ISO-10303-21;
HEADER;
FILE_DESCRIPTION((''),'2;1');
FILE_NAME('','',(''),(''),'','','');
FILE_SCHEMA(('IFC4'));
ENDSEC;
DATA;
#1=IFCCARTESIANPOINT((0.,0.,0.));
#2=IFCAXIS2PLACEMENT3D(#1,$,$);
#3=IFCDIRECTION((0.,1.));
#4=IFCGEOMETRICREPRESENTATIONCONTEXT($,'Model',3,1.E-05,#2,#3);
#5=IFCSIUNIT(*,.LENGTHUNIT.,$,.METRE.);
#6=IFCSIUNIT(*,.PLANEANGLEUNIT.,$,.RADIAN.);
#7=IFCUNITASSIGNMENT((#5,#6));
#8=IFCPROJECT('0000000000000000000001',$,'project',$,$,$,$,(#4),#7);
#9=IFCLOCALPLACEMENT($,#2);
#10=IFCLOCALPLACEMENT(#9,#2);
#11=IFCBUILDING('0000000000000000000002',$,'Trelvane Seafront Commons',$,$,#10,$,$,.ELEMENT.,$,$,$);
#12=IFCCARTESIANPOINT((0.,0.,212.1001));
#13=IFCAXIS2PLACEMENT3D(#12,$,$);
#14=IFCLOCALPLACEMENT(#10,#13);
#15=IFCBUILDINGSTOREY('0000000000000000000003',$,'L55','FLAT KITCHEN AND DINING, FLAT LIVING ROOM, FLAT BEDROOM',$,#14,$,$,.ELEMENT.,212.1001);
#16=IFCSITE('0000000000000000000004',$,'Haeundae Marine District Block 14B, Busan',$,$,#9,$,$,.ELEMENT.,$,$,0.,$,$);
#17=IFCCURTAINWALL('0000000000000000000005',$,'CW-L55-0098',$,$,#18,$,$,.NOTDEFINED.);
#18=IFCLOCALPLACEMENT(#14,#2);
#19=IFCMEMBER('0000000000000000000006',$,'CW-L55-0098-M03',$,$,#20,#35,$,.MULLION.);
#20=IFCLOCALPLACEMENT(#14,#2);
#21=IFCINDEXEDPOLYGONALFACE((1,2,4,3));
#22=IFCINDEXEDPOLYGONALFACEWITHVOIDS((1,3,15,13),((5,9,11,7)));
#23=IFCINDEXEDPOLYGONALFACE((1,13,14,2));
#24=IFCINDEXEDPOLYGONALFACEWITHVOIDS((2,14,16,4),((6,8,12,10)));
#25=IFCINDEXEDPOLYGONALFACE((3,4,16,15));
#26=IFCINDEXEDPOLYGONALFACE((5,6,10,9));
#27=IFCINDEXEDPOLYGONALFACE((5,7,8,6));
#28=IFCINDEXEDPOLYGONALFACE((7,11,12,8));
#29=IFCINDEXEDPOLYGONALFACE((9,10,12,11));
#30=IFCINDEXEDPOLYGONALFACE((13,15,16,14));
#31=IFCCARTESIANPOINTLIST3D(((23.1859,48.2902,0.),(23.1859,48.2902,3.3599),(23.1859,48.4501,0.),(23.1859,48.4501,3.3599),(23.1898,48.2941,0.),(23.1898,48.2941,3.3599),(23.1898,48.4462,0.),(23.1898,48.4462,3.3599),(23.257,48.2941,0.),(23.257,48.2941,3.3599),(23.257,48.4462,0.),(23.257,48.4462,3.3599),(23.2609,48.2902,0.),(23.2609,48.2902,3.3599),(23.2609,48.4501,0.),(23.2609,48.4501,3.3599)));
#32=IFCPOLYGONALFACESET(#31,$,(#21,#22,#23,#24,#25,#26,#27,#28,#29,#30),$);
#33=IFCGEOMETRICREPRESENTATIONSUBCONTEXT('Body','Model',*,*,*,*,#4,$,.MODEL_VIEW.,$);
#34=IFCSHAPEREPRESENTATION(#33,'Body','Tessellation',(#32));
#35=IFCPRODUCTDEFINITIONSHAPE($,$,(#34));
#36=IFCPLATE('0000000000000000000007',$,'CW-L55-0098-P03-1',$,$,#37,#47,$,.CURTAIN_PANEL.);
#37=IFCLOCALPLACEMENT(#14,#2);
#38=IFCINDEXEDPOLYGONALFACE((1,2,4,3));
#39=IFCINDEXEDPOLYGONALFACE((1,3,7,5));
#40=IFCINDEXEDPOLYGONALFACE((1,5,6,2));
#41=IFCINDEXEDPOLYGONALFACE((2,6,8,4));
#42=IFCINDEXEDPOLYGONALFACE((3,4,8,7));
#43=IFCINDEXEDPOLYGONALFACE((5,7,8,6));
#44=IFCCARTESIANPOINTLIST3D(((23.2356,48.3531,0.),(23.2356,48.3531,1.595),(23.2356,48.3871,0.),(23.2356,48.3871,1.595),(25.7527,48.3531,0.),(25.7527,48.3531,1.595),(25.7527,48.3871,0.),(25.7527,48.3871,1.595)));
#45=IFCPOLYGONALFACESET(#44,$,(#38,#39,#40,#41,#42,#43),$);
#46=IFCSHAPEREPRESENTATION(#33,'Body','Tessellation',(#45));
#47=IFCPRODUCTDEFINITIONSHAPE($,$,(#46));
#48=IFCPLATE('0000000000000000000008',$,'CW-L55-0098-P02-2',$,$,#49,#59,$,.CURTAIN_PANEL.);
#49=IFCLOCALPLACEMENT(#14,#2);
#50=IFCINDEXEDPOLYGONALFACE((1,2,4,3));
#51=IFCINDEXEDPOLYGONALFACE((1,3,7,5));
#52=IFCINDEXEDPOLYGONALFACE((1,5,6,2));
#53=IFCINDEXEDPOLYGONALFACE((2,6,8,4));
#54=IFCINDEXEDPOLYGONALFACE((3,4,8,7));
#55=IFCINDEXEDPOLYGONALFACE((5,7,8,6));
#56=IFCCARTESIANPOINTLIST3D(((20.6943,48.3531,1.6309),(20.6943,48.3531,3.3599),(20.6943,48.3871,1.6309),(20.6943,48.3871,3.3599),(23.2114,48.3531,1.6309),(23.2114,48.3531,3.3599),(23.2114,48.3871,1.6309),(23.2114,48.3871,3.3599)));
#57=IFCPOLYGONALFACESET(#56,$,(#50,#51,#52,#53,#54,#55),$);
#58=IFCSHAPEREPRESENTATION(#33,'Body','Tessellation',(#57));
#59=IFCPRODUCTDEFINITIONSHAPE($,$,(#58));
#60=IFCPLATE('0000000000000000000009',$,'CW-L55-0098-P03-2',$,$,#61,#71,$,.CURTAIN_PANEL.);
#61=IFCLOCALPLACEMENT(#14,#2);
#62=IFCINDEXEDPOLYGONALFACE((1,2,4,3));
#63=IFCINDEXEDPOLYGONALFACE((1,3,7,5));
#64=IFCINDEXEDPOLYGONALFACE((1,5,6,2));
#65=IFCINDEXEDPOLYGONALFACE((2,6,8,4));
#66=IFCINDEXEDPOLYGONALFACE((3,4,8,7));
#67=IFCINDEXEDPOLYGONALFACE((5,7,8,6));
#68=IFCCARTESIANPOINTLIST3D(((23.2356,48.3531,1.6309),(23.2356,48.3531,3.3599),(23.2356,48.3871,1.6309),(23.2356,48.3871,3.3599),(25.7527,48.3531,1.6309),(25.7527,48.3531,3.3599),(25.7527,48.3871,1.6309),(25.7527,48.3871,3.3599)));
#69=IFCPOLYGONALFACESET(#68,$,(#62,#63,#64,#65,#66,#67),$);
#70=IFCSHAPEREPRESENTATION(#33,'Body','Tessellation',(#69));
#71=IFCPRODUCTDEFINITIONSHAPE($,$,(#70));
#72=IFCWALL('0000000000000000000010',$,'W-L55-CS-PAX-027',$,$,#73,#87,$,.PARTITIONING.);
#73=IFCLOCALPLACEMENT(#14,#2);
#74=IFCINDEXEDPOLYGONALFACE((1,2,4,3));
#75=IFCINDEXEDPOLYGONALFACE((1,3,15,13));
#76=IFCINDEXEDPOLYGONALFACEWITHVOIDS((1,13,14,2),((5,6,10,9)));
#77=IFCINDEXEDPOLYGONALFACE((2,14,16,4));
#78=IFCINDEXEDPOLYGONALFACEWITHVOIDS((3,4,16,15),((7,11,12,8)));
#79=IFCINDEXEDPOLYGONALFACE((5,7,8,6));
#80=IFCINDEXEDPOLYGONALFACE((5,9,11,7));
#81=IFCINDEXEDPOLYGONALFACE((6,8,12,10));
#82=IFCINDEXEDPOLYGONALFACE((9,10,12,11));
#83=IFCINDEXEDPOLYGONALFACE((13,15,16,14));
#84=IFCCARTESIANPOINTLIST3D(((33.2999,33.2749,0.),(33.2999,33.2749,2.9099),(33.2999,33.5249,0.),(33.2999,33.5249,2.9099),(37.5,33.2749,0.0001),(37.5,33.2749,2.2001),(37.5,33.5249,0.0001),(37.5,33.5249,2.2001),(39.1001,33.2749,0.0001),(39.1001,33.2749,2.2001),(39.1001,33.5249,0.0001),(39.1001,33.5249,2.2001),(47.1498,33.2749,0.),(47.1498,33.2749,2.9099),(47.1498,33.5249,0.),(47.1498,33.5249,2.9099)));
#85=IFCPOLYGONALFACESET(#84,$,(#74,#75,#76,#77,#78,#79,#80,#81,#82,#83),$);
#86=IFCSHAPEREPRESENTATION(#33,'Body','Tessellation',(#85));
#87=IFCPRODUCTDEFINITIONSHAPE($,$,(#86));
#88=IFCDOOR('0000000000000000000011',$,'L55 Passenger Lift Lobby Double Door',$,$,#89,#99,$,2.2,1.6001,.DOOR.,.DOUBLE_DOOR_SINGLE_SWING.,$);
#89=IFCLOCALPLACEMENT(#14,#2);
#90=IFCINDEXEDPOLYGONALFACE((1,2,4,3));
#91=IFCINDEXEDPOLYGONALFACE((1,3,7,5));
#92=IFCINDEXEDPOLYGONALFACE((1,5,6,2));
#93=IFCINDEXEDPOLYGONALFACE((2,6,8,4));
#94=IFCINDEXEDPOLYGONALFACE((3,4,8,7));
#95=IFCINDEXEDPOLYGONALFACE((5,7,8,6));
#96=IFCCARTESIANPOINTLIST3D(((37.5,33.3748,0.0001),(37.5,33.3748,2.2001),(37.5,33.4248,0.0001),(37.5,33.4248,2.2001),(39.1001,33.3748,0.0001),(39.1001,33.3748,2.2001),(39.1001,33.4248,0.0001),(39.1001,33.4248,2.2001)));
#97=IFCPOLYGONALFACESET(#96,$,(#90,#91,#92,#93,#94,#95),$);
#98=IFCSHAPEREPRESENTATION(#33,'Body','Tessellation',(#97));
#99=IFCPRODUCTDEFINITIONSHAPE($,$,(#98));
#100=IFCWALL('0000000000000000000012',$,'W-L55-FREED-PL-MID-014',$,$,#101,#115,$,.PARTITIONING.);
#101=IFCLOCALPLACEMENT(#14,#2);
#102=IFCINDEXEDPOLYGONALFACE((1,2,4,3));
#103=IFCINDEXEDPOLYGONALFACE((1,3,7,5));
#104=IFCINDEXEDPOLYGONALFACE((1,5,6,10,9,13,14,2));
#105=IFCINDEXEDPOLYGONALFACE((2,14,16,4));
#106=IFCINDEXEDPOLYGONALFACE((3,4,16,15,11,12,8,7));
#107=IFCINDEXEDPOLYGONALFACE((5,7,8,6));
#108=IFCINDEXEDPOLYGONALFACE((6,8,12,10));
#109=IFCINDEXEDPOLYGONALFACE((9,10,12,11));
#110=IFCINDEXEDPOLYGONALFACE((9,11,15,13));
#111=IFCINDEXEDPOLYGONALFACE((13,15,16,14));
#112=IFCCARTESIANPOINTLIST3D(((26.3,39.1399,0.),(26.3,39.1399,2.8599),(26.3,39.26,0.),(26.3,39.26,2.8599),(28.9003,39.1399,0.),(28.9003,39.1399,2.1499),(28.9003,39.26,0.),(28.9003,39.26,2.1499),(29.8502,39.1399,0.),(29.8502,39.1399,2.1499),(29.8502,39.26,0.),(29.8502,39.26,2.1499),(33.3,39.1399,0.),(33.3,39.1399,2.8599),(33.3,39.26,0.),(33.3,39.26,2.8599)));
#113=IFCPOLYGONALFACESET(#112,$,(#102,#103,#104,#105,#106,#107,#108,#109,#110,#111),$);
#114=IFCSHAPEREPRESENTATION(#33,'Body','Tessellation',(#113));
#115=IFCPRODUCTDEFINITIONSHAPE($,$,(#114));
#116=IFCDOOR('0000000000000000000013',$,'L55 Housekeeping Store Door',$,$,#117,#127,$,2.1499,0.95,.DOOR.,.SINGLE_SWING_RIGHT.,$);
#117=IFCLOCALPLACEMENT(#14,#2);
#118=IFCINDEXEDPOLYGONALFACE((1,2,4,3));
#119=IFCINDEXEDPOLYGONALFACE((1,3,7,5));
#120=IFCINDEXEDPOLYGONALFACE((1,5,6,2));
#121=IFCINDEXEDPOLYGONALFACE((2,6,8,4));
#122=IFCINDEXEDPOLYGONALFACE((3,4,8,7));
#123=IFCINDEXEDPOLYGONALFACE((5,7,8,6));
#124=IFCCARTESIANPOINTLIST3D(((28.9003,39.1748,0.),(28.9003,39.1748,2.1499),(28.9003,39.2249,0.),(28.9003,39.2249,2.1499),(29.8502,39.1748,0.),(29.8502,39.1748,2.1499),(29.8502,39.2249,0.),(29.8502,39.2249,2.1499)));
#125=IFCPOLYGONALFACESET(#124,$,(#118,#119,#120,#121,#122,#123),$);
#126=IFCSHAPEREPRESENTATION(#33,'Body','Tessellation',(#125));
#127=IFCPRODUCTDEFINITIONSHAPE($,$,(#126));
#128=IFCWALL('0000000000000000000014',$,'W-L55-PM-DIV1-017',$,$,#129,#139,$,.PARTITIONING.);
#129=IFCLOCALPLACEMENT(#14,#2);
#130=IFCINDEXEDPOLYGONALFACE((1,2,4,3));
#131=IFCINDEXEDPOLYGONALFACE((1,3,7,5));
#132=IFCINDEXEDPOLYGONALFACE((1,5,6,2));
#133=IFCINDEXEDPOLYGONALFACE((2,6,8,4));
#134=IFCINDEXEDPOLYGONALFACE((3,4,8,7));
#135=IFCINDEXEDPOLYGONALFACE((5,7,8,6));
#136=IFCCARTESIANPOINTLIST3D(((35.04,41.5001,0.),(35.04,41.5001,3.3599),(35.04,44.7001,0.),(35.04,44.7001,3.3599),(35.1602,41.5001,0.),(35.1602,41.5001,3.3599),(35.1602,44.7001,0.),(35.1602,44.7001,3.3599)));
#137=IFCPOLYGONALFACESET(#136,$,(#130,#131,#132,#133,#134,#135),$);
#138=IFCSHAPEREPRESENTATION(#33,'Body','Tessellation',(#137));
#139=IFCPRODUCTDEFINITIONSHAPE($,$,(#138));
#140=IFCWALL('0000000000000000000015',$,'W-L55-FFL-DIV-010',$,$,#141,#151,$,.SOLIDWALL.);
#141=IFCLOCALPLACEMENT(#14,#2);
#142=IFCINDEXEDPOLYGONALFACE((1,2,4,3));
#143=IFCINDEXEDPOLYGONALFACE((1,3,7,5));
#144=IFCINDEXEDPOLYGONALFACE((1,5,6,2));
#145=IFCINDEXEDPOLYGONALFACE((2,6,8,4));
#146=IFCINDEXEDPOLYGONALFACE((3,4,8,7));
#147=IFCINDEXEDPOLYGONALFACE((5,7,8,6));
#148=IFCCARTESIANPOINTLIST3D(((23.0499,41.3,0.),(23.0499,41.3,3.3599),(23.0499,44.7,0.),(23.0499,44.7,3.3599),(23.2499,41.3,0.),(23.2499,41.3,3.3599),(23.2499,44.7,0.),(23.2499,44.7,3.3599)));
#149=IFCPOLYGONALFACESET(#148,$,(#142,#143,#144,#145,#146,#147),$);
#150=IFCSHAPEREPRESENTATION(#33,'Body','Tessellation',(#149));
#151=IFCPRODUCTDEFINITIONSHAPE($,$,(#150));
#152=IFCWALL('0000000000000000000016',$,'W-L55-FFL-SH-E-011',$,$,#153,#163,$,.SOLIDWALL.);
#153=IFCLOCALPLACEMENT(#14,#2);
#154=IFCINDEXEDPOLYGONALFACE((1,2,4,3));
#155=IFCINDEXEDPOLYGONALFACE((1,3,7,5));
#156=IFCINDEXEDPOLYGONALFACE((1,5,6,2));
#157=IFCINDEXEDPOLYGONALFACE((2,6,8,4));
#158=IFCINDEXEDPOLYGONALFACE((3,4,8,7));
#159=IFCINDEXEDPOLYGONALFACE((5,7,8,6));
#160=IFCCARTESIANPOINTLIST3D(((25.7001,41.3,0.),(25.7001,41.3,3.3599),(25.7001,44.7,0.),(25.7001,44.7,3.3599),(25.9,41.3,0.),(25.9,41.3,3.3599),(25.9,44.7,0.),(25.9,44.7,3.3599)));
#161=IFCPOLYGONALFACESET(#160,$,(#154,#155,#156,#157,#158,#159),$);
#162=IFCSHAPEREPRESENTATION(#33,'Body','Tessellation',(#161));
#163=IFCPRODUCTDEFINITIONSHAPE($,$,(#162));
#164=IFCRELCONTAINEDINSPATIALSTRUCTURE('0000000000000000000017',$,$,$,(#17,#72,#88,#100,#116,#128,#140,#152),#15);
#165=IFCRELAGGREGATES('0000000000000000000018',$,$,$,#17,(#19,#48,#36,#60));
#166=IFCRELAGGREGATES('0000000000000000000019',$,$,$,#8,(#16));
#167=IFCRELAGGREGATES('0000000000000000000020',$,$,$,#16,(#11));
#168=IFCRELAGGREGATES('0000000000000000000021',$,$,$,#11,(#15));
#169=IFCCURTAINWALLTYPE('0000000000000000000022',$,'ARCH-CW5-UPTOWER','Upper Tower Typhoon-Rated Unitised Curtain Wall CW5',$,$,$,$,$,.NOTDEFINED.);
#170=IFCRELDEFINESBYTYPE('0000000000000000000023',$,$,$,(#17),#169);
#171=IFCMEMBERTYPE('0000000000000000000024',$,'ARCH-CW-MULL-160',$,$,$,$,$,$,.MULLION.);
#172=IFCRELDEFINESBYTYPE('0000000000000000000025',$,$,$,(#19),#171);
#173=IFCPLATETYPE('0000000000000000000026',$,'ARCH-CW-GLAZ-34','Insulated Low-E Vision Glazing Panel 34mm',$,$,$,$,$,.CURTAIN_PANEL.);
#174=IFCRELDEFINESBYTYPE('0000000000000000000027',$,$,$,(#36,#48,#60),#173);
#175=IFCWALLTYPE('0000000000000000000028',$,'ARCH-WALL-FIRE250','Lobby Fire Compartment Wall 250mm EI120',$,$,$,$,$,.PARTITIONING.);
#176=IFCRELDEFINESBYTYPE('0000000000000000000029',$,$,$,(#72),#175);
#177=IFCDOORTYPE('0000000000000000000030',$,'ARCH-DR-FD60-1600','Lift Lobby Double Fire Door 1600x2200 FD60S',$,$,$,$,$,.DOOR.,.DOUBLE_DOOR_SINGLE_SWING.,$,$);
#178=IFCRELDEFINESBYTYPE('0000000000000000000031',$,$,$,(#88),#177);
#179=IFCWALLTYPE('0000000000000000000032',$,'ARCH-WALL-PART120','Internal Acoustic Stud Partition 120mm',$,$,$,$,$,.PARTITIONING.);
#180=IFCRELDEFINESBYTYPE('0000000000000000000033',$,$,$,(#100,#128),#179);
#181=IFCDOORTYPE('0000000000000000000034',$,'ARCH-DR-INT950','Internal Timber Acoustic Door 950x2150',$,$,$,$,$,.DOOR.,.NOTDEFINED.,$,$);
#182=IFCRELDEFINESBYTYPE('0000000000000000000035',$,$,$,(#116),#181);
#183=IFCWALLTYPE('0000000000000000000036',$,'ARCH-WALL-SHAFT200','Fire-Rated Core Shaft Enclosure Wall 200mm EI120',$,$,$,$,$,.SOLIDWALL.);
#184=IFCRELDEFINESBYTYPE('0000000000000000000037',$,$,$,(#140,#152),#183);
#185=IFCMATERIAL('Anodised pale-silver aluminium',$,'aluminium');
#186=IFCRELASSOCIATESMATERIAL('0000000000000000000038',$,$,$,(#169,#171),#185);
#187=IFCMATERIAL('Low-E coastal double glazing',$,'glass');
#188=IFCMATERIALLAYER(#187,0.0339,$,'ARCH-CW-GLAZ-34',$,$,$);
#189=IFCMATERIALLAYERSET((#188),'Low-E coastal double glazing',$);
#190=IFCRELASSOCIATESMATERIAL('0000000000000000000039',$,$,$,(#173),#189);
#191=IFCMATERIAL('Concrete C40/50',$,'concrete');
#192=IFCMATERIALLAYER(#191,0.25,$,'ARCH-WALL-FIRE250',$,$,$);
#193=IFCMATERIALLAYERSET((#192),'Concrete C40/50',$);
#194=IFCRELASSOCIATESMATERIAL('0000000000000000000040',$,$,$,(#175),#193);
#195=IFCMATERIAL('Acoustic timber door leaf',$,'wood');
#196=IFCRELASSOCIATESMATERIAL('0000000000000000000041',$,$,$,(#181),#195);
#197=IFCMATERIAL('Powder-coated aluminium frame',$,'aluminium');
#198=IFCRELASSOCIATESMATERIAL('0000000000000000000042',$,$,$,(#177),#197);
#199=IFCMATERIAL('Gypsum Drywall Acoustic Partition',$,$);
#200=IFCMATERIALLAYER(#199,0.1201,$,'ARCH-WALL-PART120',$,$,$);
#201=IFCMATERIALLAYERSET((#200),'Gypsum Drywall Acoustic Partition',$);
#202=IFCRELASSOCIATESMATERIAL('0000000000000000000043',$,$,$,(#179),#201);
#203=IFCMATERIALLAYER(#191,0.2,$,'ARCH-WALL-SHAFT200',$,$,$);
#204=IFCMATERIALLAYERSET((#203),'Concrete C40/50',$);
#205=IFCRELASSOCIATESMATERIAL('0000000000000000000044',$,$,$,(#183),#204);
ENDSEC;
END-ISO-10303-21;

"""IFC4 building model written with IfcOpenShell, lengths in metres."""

from ifc_helpers import new_model, si_unit, direction, frame, frame_2d, origin, origin_2d, place, context, subcontext, project, spatial, rectangle, hollow_rectangle, extrude, source, transform, mapped, material, layer, layer_set, material_profile, profile_set, type_object, element, fill, aggregate, save


model = new_model("IFC4")

# Units and contexts
model_context = context("Model", 3, precision=1e-05, world=origin(), true_north=direction((0.0, 1.0)))
body_context = subcontext(model_context, "Body", "Model", "MODEL_VIEW")
ifc_project = project(units=[si_unit("LENGTHUNIT", "METRE"), si_unit("PLANEANGLEUNIT", "RADIAN")], contexts=[model_context])

# Site, building, storey
site_placement = place(None, origin())
site = spatial("IfcSite", under=ifc_project, at=site_placement, Name="Haeundae Marine District Block 14B, Busan", CompositionType="ELEMENT", RefElevation=0.0)
building_placement = place(site_placement, origin())
building = spatial("IfcBuilding", under=site, at=building_placement, Name="Trelvane Seafront Commons", CompositionType="ELEMENT")
storey_placement = place(building_placement, frame((0.0, 0.0, 212.1001)))
storey = spatial("IfcBuildingStorey", under=building, at=storey_placement, Name="L55", Description="FLAT KITCHEN AND DINING, FLAT LIVING ROOM, FLAT BEDROOM", CompositionType="ELEMENT", Elevation=212.1001)

# Curtain wall, member, plates
ifc_material_1 = material(Name="Anodised pale-silver aluminium", Category="aluminium")
curtain_wall_type = type_object("IfcCurtainWallType", Name="ARCH-CW5-UPTOWER", Description="Upper Tower Typhoon-Rated Unitised Curtain Wall CW5", PredefinedType="NOTDEFINED", material=ifc_material_1)
curtain_wall_placement = place(storey_placement, origin())
curtain_wall = element("IfcCurtainWall", 1, at=curtain_wall_placement, inside=storey, type_object=curtain_wall_type, Name="CW-L55-0098", PredefinedType="NOTDEFINED")
ifc_material_profile_1 = material_profile(ifc_material_1, hollow_rectangle(XDim=0.075, YDim=0.1599, WallThickness=0.0039, at=origin_2d()), Name="MULL-75x160x4")
ifc_profile_set_1 = profile_set([ifc_material_profile_1], Name="Anodised pale-silver aluminium")
member_type_1 = type_object("IfcMemberType", Name="ARCH-CW-MULL-160", PredefinedType="MULLION", material=ifc_profile_set_1)
shared_shape_1 = source(origin(), body_context, "Body", "SweptSolid", [
    extrude(hollow_rectangle(XDim=0.075, YDim=0.1599, WallThickness=0.0039, at=origin_2d()), origin(), (0.0, 0.0, 1.0), 3.3599),
])
member_1_placement = place(storey_placement, frame((23.2234, 48.3701, 0.0), z_axis=(0.0, 0.0, 1.0), x_axis=(1.0, 0.0, 0.0)))
member_1 = element("IfcMember", 2, at=member_1_placement, type_object=member_type_1, Name="CW-L55-0098-M03", PredefinedType="MULLION", context=body_context, shape_type="MappedRepresentation", body=[
    mapped(shared_shape_1, transform((0.0, 0.0, 0.0), x_axis=(1.0, 0.0, 0.0), y_axis=(0.0, 1.0, 0.0), z_axis=(0.0, 0.0, 1.0), scale=1.0)),
])
ifc_material_2 = material(Name="Low-E coastal double glazing", Category="glass")
ifc_layer_1 = layer(ifc_material_2, 0.0339, Name="ARCH-CW-GLAZ-34")
ifc_layer_set_1 = layer_set([ifc_layer_1], Name="Low-E coastal double glazing")
plate_type = type_object("IfcPlateType", Name="ARCH-CW-GLAZ-34", Description="Insulated Low-E Vision Glazing Panel 34mm", PredefinedType="CURTAIN_PANEL", material=ifc_layer_set_1)
shared_shape_2 = source(origin(), body_context, "Body", "SweptSolid", [
    extrude(rectangle(XDim=2.5171, YDim=0.0339, at=origin_2d()), origin(), (0.0, 0.0, 1.0), 1.595),
])
plate_1_placement = place(storey_placement, frame((24.4941, 48.3701, 0.0), z_axis=(0.0, 0.0, 1.0), x_axis=(1.0, 0.0, 0.0)))
plate_1 = element("IfcPlate", 3, at=plate_1_placement, type_object=plate_type, Name="CW-L55-0098-P03-1", PredefinedType="CURTAIN_PANEL", context=body_context, shape_type="MappedRepresentation", body=[
    mapped(shared_shape_2, transform((0.0, 0.0, 0.0), x_axis=(1.0, 0.0, 0.0), y_axis=(0.0, 1.0, 0.0), z_axis=(0.0, 0.0, 1.0), scale=1.0)),
])
shared_shape_3 = source(origin(), body_context, "Body", "SweptSolid", [
    extrude(rectangle(XDim=2.5171, YDim=0.0339, at=origin_2d()), origin(), (0.0, 0.0, 1.0), 1.729),
])
plate_2_placement = place(storey_placement, frame((21.9529, 48.3701, 1.6309), z_axis=(0.0, 0.0, 1.0), x_axis=(1.0, 0.0, 0.0)))
plate_2 = element("IfcPlate", 4, at=plate_2_placement, type_object=plate_type, Name="CW-L55-0098-P02-2", PredefinedType="CURTAIN_PANEL", context=body_context, shape_type="MappedRepresentation", body=[
    mapped(shared_shape_3, transform((0.0, 0.0, 0.0), x_axis=(1.0, 0.0, 0.0), y_axis=(0.0, 1.0, 0.0), z_axis=(0.0, 0.0, 1.0), scale=1.0)),
])
plate_3_placement = place(storey_placement, frame((24.4941, 48.3701, 1.6309), z_axis=(0.0, 0.0, 1.0), x_axis=(1.0, 0.0, 0.0)))
plate_3 = element("IfcPlate", 5, at=plate_3_placement, type_object=plate_type, Name="CW-L55-0098-P03-2", PredefinedType="CURTAIN_PANEL", context=body_context, shape_type="MappedRepresentation", body=[
    mapped(shared_shape_3, transform((0.0, 0.0, 0.0), x_axis=(1.0, 0.0, 0.0), y_axis=(0.0, 1.0, 0.0), z_axis=(0.0, 0.0, 1.0), scale=1.0)),
])
aggregate(curtain_wall, [member_1, plate_2, plate_1, plate_3])

# Walls, openings, doors
ifc_material_3 = material(Name="Concrete C40/50", Category="concrete")
ifc_layer_2 = layer(ifc_material_3, 0.25, Name="ARCH-WALL-FIRE250")
ifc_layer_set_2 = layer_set([ifc_layer_2], Name="Concrete C40/50")
wall_type_1 = type_object("IfcWallType", Name="ARCH-WALL-FIRE250", Description="Lobby Fire Compartment Wall 250mm EI120", PredefinedType="PARTITIONING", material=ifc_layer_set_2)
ifc_material_4 = material(Name="Acoustic timber door leaf", Category="wood")
door_type_1 = type_object("IfcDoorType", Name="ARCH-DR-INT950", Description="Internal Timber Acoustic Door 950x2150", OperationType="NOTDEFINED", PredefinedType="DOOR", material=ifc_material_4)
shared_shape_4 = source(origin(), body_context, "Body", "SweptSolid", [
    extrude(rectangle(XDim=0.95, YDim=2.1499, at=frame_2d((0.4751, 1.075))), frame((0.0, 0.0249, 0.0), z_axis=(0.0, -1.0, 0.0), x_axis=(1.0, 0.0, 0.0)), (0.0, 0.0, 1.0), 0.05),
])
wall_1_placement = place(storey_placement, frame((33.3, 33.3999, 0.0), z_axis=(0.0, 0.0, 1.0), x_axis=(1.0, 0.0, 0.0)))
wall_1 = element("IfcWall", 6, at=wall_1_placement, inside=storey, type_object=wall_type_1, Name="W-L55-CS-PAX-027", PredefinedType="PARTITIONING", context=body_context, shape_type="SweptSolid", body=[
    extrude(rectangle(XDim=13.8499, YDim=0.25, at=frame_2d((6.9248, 0.0))), origin(), (0.0, 0.0, 1.0), 2.9099),
])
opening_1_placement = place(wall_1_placement, frame((4.2, 0.0, 0.0)))
opening_1 = element("IfcOpeningElement", 7, at=opening_1_placement, cuts=wall_1, PredefinedType="OPENING", context=body_context, shape_type="SweptSolid", body=[
    extrude(rectangle(XDim=1.6001, YDim=2.2, at=frame_2d((0.8, 1.1001))), frame((0.0, 0.135, 0.0), z_axis=(0.0, -1.0, 0.0), x_axis=(1.0, 0.0, 0.0)), (0.0, 0.0, 1.0), 0.27),
])
ifc_material_5 = material(Name="Powder-coated aluminium frame", Category="aluminium")
door_type_2 = type_object("IfcDoorType", Name="ARCH-DR-FD60-1600", Description="Lift Lobby Double Fire Door 1600x2200 FD60S", OperationType="DOUBLE_DOOR_SINGLE_SWING", PredefinedType="DOOR", material=ifc_material_5)
shared_shape_5 = source(origin(), body_context, "Body", "SweptSolid", [
    extrude(rectangle(XDim=1.6001, YDim=2.2, at=frame_2d((0.8, 1.1001))), frame((0.0, 0.0249, 0.0), z_axis=(0.0, -1.0, 0.0), x_axis=(1.0, 0.0, 0.0)), (0.0, 0.0, 1.0), 0.05),
])
door_1_placement = place(opening_1_placement, origin())
door_1 = element("IfcDoor", 8, at=door_1_placement, inside=storey, type_object=door_type_2, Name="L55 Passenger Lift Lobby Double Door", OperationType="DOUBLE_DOOR_SINGLE_SWING", OverallHeight=2.2, OverallWidth=1.6001, PredefinedType="DOOR", context=body_context, shape_type="MappedRepresentation", body=[
    mapped(shared_shape_5, transform((0.0, 0.0, 0.0), x_axis=(1.0, 0.0, 0.0), y_axis=(0.0, 1.0, 0.0), z_axis=(0.0, 0.0, 1.0), scale=1.0)),
])
fill(opening_1, door_1)
ifc_material_6 = material(Name="Gypsum Drywall Acoustic Partition")
ifc_layer_3 = layer(ifc_material_6, 0.1201, Name="ARCH-WALL-PART120")
ifc_layer_set_3 = layer_set([ifc_layer_3], Name="Gypsum Drywall Acoustic Partition")
wall_type_2 = type_object("IfcWallType", Name="ARCH-WALL-PART120", Description="Internal Acoustic Stud Partition 120mm", PredefinedType="PARTITIONING", material=ifc_layer_set_3)
wall_2_placement = place(storey_placement, frame((26.3, 39.2, 0.0), z_axis=(0.0, 0.0, 1.0), x_axis=(1.0, 0.0, 0.0)))
wall_2 = element("IfcWall", 9, at=wall_2_placement, inside=storey, type_object=wall_type_2, Name="W-L55-FREED-PL-MID-014", PredefinedType="PARTITIONING", context=body_context, shape_type="SweptSolid", body=[
    extrude(rectangle(XDim=7.0, YDim=0.1201, at=frame_2d((3.5, 0.0))), origin(), (0.0, 0.0, 1.0), 2.8599),
])
opening_2_placement = place(wall_2_placement, frame((2.6001, 0.0, 0.0)))
opening_2 = element("IfcOpeningElement", 10, at=opening_2_placement, cuts=wall_2, PredefinedType="OPENING", context=body_context, shape_type="SweptSolid", body=[
    extrude(rectangle(XDim=0.95, YDim=2.1499, at=frame_2d((0.4751, 1.075))), frame((0.0, 0.0701, 0.0), z_axis=(0.0, -1.0, 0.0), x_axis=(1.0, 0.0, 0.0)), (0.0, 0.0, 1.0), 0.1401),
])
door_2_placement = place(opening_2_placement, origin())
door_2 = element("IfcDoor", 11, at=door_2_placement, inside=storey, type_object=door_type_1, Name="L55 Housekeeping Store Door", OperationType="SINGLE_SWING_RIGHT", OverallHeight=2.1499, OverallWidth=0.95, PredefinedType="DOOR", context=body_context, shape_type="MappedRepresentation", body=[
    mapped(shared_shape_4, transform((0.0, 0.0, 0.0), x_axis=(1.0, 0.0, 0.0), y_axis=(0.0, 1.0, 0.0), z_axis=(0.0, 0.0, 1.0), scale=1.0)),
])
fill(opening_2, door_2)

# Walls
wall_3_placement = place(storey_placement, frame((35.1001, 41.5, 0.0), z_axis=(0.0, 0.0, 1.0), x_axis=(0.0, 1.0, 0.0)))
element("IfcWall", 12, at=wall_3_placement, inside=storey, type_object=wall_type_2, Name="W-L55-PM-DIV1-017", PredefinedType="PARTITIONING", context=body_context, shape_type="SweptSolid", body=[
    extrude(rectangle(XDim=3.2, YDim=0.1201, at=frame_2d((1.6001, 0.0))), origin(), (0.0, 0.0, 1.0), 3.3599),
])
ifc_layer_4 = layer(ifc_material_3, 0.2, Name="ARCH-WALL-SHAFT200")
ifc_layer_set_4 = layer_set([ifc_layer_4], Name="Concrete C40/50")
wall_type_3 = type_object("IfcWallType", Name="ARCH-WALL-SHAFT200", Description="Fire-Rated Core Shaft Enclosure Wall 200mm EI120", PredefinedType="SOLIDWALL", material=ifc_layer_set_4)
for number, where, z_axis, x_axis, name in (
    (13, (23.1499, 41.3, 0.0), (0.0, 0.0, 1.0), (0.0, 1.0, 0.0), "W-L55-FFL-DIV-010"),
    (14, (25.8, 41.3, 0.0), (0.0, 0.0, 1.0), (0.0, 1.0, 0.0), "W-L55-FFL-SH-E-011"),
):
    element("IfcWall", number, at=place(storey_placement, frame(where, z_axis=z_axis, x_axis=x_axis)), inside=storey, type_object=wall_type_3, Name=name, PredefinedType="SOLIDWALL", context=body_context, shape_type="SweptSolid", body=[
        extrude(rectangle(XDim=3.3999, YDim=0.2, at=frame_2d((1.7, 0.0))), origin(), (0.0, 0.0, 1.0), 3.3599),
    ])

save(model, "model.ifc")
